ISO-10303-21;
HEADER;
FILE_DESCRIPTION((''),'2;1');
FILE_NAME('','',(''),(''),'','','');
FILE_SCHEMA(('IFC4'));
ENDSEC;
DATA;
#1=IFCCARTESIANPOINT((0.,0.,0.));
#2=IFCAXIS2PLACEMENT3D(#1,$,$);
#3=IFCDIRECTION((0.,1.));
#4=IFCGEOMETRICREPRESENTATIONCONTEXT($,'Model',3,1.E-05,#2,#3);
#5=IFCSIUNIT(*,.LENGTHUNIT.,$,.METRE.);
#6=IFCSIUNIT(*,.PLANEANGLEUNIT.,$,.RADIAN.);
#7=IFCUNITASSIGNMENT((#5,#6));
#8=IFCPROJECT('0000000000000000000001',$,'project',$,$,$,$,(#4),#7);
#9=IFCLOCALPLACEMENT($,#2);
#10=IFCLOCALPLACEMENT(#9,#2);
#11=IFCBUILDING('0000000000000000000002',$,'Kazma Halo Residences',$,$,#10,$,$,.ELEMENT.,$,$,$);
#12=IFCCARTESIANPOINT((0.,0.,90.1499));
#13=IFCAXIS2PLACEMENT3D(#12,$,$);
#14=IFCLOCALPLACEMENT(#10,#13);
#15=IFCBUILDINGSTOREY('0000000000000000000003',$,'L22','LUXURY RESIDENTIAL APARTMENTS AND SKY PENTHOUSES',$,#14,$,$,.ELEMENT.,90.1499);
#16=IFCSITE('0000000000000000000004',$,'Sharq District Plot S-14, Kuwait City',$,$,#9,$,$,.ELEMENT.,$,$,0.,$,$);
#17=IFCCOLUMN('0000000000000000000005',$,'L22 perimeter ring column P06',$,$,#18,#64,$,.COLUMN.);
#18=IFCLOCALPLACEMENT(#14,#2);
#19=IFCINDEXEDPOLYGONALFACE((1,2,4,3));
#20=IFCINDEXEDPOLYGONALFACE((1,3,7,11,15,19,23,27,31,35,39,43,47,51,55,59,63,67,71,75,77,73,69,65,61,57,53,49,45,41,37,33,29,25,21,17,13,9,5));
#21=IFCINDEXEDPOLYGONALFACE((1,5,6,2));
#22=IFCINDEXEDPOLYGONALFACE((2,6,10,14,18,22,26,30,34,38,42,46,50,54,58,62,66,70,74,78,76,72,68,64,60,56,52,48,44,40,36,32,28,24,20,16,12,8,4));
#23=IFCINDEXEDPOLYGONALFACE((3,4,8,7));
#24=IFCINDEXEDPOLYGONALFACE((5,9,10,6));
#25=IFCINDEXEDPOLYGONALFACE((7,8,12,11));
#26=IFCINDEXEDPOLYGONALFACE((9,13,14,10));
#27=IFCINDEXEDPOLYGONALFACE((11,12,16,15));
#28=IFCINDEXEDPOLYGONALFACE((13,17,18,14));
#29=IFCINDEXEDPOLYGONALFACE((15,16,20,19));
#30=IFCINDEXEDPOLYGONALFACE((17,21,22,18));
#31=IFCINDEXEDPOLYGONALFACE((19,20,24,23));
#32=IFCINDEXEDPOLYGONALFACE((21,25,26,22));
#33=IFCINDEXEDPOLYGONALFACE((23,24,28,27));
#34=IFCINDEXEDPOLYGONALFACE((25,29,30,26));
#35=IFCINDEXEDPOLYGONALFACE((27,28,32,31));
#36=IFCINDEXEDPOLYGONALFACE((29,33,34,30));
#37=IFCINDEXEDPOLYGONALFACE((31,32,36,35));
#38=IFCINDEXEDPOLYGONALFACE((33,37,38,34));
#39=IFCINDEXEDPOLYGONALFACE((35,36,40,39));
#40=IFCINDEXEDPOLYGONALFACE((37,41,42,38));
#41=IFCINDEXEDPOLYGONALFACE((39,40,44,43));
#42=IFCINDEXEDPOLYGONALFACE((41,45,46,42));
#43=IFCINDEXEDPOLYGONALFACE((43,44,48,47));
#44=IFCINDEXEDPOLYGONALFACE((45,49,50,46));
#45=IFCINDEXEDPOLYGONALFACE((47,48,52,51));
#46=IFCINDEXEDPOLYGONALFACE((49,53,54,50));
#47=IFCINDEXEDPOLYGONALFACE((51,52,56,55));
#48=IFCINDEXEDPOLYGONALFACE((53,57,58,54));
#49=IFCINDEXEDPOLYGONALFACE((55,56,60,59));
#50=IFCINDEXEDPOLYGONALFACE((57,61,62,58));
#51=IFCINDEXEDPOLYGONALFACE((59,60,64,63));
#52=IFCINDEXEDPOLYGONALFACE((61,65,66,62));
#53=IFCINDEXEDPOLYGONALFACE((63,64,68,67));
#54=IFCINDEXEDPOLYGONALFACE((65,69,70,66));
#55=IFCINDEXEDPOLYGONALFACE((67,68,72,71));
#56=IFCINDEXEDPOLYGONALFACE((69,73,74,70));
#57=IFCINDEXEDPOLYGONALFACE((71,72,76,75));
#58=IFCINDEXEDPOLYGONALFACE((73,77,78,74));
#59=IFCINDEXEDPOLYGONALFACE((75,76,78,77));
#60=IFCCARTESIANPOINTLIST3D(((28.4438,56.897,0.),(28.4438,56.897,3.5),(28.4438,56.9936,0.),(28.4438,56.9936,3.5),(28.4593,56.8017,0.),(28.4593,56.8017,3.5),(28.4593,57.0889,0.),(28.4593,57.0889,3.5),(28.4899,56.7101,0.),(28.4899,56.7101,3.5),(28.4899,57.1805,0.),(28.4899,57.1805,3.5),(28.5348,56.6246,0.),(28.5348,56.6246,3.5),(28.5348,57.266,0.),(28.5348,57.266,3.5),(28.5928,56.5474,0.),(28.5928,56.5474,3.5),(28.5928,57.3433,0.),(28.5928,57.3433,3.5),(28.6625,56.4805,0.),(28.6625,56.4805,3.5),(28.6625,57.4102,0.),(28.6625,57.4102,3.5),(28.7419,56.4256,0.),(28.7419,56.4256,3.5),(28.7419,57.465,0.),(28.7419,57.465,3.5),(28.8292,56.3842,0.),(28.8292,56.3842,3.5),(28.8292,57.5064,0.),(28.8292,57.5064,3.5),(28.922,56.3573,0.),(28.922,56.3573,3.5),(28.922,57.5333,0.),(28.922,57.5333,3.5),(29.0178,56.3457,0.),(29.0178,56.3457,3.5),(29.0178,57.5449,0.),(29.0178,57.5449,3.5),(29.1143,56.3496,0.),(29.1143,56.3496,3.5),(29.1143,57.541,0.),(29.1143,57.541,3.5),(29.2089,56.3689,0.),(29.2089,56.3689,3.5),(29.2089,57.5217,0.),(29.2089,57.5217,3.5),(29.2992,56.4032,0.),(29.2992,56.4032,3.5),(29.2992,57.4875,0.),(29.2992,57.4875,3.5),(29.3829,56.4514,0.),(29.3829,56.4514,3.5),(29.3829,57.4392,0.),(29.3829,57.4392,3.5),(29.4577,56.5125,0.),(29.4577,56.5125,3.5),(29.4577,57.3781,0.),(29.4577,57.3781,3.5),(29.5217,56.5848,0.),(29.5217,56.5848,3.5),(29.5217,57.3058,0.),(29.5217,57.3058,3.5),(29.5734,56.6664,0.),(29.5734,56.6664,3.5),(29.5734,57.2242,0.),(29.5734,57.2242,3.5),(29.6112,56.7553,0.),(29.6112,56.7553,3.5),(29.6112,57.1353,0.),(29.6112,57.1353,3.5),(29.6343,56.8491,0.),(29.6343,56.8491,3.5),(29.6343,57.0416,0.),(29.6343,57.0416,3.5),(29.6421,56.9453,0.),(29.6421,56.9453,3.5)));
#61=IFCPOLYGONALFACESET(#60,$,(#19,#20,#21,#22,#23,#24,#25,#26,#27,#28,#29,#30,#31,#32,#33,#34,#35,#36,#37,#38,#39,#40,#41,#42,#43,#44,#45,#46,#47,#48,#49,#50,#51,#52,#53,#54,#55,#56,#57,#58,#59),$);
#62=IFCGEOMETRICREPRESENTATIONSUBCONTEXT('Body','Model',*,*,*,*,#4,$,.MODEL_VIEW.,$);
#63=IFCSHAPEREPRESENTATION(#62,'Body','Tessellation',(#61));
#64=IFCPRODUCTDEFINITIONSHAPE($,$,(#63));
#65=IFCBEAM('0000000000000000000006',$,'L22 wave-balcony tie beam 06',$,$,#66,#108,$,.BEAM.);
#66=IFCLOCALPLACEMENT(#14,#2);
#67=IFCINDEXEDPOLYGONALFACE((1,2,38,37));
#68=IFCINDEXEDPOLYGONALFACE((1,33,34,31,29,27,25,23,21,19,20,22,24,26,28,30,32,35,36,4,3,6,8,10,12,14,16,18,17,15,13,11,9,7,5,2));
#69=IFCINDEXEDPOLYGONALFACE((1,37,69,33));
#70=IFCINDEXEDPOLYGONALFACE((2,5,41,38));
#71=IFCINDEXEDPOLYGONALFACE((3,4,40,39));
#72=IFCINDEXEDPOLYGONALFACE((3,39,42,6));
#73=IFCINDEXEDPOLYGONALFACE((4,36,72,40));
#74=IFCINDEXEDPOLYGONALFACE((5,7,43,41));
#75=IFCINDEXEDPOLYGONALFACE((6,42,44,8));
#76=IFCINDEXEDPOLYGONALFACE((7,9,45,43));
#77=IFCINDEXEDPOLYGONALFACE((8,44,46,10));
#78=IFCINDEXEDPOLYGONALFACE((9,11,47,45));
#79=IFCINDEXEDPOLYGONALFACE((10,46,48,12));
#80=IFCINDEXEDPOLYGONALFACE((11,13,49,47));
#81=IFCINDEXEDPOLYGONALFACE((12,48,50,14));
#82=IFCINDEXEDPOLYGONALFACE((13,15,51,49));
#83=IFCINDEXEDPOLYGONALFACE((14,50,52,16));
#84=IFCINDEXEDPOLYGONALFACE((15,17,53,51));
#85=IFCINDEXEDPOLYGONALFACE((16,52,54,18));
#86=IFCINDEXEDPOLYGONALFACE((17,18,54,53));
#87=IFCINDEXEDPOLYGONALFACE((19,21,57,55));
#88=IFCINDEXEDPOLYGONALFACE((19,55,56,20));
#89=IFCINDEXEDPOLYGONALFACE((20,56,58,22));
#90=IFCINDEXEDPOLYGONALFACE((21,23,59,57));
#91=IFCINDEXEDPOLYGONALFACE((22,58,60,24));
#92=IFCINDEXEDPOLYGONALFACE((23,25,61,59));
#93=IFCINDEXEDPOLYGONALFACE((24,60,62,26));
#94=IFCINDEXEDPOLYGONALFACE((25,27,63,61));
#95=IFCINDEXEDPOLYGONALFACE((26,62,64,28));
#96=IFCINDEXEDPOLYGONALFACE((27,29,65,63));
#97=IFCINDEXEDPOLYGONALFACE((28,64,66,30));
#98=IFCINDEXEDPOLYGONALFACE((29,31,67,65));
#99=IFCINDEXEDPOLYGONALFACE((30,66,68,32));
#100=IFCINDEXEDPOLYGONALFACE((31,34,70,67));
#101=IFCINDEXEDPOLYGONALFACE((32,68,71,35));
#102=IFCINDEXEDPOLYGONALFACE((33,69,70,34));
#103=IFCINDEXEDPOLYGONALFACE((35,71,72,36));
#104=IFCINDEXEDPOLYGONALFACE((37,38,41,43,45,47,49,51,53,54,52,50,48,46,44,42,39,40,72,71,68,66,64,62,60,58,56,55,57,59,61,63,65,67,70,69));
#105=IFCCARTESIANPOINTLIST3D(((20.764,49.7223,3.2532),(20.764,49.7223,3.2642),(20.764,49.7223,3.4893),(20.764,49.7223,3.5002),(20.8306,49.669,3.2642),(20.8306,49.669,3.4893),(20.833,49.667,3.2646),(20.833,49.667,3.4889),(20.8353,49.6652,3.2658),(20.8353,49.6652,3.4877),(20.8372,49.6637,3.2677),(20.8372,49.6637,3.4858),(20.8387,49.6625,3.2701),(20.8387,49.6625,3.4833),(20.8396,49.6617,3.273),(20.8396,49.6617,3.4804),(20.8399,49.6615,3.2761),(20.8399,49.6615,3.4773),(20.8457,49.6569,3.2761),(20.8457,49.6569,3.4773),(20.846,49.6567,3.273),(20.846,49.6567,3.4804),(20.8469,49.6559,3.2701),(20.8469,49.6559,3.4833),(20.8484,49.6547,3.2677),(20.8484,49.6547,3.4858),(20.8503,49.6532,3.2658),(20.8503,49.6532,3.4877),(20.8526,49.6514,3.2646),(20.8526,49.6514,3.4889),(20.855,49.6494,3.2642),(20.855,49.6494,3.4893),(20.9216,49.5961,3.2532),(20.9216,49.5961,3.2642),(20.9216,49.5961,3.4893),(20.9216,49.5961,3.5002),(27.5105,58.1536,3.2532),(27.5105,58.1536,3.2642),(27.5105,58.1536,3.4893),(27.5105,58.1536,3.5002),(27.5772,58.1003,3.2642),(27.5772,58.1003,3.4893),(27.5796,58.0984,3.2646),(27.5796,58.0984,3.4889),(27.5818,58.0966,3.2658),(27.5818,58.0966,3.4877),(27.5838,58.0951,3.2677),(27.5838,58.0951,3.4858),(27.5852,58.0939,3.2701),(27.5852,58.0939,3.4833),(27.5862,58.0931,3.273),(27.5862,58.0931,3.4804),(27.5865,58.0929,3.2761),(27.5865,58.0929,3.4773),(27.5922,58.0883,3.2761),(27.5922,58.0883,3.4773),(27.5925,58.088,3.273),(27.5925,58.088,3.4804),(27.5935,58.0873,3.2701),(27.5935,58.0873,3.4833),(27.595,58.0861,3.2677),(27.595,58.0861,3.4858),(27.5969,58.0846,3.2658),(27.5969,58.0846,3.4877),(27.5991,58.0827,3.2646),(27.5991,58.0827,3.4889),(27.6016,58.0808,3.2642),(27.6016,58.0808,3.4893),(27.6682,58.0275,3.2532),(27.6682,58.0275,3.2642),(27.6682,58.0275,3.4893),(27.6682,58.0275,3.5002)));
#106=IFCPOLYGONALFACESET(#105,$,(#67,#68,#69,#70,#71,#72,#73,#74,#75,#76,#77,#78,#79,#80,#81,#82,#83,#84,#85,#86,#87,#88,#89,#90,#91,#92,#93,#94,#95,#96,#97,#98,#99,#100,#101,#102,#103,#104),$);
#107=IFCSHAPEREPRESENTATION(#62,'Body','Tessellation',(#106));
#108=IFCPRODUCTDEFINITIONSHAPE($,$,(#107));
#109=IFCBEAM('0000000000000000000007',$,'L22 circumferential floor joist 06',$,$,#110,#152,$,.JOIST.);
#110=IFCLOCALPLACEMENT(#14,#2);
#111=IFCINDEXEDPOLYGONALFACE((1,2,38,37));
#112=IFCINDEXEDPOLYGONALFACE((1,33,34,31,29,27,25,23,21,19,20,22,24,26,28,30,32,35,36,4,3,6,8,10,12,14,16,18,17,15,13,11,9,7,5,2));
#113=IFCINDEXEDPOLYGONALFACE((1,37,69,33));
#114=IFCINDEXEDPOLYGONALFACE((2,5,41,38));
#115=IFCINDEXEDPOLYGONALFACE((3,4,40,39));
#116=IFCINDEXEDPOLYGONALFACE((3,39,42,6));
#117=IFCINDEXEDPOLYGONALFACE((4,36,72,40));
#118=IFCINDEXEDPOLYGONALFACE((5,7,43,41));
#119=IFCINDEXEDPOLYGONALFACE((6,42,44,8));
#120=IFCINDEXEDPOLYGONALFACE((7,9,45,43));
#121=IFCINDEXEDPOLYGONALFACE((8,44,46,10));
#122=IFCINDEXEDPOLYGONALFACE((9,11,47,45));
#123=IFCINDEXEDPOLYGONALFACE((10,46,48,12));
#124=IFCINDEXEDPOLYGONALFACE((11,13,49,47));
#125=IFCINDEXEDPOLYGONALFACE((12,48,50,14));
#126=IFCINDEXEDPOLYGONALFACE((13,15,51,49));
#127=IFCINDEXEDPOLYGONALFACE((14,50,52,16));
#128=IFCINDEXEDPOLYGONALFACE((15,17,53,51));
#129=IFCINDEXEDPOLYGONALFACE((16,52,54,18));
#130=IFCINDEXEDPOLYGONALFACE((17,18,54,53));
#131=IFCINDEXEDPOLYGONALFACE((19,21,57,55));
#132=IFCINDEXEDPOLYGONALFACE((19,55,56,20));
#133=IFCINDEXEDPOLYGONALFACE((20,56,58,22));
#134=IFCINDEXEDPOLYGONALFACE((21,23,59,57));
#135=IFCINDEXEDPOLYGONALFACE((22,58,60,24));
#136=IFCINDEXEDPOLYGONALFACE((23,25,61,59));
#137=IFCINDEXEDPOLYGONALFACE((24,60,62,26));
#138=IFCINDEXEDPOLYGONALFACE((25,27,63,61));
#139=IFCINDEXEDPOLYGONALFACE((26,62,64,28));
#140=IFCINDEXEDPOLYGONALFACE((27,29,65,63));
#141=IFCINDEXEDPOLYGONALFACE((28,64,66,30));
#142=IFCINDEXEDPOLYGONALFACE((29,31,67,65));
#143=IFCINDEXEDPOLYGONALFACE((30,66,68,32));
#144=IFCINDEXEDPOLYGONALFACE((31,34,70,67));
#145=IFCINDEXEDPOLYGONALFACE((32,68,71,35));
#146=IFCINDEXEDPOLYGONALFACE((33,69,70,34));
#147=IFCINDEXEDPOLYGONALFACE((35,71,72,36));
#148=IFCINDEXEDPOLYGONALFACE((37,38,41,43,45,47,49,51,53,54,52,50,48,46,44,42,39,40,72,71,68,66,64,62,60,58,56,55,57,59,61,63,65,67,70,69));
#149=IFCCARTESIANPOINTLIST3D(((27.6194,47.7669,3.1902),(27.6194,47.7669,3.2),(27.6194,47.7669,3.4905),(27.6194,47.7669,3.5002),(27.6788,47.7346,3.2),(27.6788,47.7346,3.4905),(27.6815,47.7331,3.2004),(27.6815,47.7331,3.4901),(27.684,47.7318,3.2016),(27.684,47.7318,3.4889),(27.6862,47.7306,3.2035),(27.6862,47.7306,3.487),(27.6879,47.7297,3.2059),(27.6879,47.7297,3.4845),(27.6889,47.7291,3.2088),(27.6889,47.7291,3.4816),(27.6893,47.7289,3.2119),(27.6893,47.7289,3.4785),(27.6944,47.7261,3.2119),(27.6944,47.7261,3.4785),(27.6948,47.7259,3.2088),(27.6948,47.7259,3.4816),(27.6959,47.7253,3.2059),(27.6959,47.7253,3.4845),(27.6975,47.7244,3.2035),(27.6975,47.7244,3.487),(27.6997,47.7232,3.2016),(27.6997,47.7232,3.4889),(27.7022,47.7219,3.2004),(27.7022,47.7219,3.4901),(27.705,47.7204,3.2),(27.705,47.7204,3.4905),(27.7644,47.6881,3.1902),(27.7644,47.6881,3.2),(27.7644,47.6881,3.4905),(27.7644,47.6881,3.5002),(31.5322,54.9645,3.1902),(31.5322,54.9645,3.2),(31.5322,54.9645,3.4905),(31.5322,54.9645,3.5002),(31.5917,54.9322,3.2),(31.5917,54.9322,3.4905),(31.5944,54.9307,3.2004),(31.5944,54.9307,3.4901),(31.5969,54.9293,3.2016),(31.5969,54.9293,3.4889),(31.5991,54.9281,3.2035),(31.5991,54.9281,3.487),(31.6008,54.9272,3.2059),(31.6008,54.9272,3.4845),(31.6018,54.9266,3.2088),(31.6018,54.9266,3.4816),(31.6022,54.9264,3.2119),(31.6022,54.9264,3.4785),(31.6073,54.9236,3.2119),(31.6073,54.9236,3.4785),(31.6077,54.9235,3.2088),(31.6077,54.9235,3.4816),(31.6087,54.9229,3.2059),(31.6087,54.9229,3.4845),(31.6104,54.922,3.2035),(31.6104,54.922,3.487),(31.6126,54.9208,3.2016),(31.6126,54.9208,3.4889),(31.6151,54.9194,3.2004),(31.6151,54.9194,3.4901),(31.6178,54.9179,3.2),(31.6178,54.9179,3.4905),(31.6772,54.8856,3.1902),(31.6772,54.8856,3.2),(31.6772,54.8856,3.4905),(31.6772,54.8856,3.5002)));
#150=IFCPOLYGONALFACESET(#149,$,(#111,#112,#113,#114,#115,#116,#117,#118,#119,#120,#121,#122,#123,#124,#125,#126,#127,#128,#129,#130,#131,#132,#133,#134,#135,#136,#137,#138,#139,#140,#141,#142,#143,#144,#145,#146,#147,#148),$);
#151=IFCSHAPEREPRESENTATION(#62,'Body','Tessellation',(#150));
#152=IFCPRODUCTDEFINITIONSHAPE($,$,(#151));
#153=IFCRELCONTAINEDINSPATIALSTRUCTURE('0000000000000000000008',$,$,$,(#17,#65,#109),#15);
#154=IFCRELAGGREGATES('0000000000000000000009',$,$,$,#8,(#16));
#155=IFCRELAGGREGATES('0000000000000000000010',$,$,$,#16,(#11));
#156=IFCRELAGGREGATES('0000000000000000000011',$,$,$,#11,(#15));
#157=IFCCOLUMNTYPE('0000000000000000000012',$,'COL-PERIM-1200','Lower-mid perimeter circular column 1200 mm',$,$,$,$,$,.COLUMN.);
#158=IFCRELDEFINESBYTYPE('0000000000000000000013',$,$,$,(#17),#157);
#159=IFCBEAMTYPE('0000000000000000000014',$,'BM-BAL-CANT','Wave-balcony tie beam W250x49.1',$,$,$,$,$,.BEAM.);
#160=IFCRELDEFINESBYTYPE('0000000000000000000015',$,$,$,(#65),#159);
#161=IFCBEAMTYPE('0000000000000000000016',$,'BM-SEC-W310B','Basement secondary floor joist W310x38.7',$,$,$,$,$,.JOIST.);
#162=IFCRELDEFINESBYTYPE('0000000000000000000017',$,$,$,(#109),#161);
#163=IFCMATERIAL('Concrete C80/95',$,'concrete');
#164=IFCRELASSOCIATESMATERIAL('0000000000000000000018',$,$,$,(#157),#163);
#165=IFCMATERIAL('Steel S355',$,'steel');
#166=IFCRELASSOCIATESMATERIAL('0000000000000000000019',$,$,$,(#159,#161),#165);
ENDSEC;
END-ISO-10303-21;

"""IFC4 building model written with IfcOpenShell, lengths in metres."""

from ifc_helpers import new_model, si_unit, direction, frame, origin, origin_2d, place, context, subcontext, project, spatial, circle, i_section, extrude, material, material_profile, profile_set, type_object, element, save


model = new_model("IFC4")

# Units and contexts
model_context = context("Model", 3, precision=1e-05, world=origin(), true_north=direction((0.0, 1.0)))
body_context = subcontext(model_context, "Body", "Model", "MODEL_VIEW")
ifc_project = project(units=[si_unit("LENGTHUNIT", "METRE"), si_unit("PLANEANGLEUNIT", "RADIAN")], contexts=[model_context])

# Site, building, storey
site_placement = place(None, origin())
site = spatial("IfcSite", under=ifc_project, at=site_placement, Name="Sharq District Plot S-14, Kuwait City", CompositionType="ELEMENT", RefElevation=0.0)
building_placement = place(site_placement, origin())
building = spatial("IfcBuilding", under=site, at=building_placement, Name="Kazma Halo Residences", CompositionType="ELEMENT")
storey_placement = place(building_placement, frame((0.0, 0.0, 90.1499)))
storey = spatial("IfcBuildingStorey", under=building, at=storey_placement, Name="L22", Description="LUXURY RESIDENTIAL APARTMENTS AND SKY PENTHOUSES", CompositionType="ELEMENT", Elevation=90.1499)

# Column
ifc_material_1 = material(Name="Concrete C80/95", Category="concrete")
ifc_material_profile_1 = material_profile(ifc_material_1, circle(Radius=0.6001, at=origin_2d()), Name="CIRC1200")
ifc_profile_set_1 = profile_set([ifc_material_profile_1], Name="Concrete C80/95")
column_type = type_object("IfcColumnType", Name="COL-PERIM-1200", Description="Lower-mid perimeter circular column 1200 mm", PredefinedType="COLUMN", material=ifc_profile_set_1)
column_placement = place(storey_placement, frame((29.042, 56.9453, 0.0), z_axis=(0.0, 0.0, 1.0), x_axis=(1.0, 0.0, 0.0)))
element("IfcColumn", 1, at=column_placement, inside=storey, type_object=column_type, Name="L22 perimeter ring column P06", PredefinedType="COLUMN", context=body_context, shape_type="SweptSolid", body=[
    extrude(circle(Radius=0.6001, at=origin_2d()), origin(), (0.0, 0.0, 1.0), 3.5),
])

# Beams
ifc_material_2 = material(Name="Steel S355", Category="steel")
ifc_material_profile_2 = material_profile(ifc_material_2, i_section(OverallWidth=0.2019, OverallDepth=0.2471, WebThickness=0.0073, FlangeThickness=0.011, FilletRadius=0.012, at=origin_2d()), Name="W250x49.1")
ifc_profile_set_2 = profile_set([ifc_material_profile_2], Name="Steel S355")
beam_type_1 = type_object("IfcBeamType", Name="BM-BAL-CANT", Description="Wave-balcony tie beam W250x49.1", PredefinedType="BEAM", material=ifc_profile_set_2)
beam_1_placement = place(storey_placement, frame((27.5894, 58.0906, 3.3767), z_axis=(-0.624778, -0.780803, 0.0), x_axis=(0.780803, -0.624778, 0.0)))
element("IfcBeam", 2, at=beam_1_placement, inside=storey, type_object=beam_type_1, Name="L22 wave-balcony tie beam 06", PredefinedType="BEAM", context=body_context, shape_type="SweptSolid", body=[
    extrude(i_section(OverallWidth=0.2019, OverallDepth=0.2471, WebThickness=0.0073, FlangeThickness=0.011, FilletRadius=0.012, at=origin_2d()), origin(), (0.0, 0.0, 1.0), 10.7983),
])
ifc_material_profile_3 = material_profile(ifc_material_2, i_section(OverallWidth=0.165, OverallDepth=0.3101, WebThickness=0.0059, FlangeThickness=0.0098, FilletRadius=0.012, at=origin_2d()), Name="W310x38.7")
ifc_profile_set_3 = profile_set([ifc_material_profile_3], Name="Steel S355")
beam_type_2 = type_object("IfcBeamType", Name="BM-SEC-W310B", Description="Basement secondary floor joist W310x38.7", PredefinedType="JOIST", material=ifc_profile_set_3)
beam_2_placement = place(storey_placement, frame((31.6047, 54.925, 3.3452), z_axis=(-0.477622, -0.878566, 0.0), x_axis=(0.878566, -0.477622, 0.0)))
element("IfcBeam", 3, at=beam_2_placement, inside=storey, type_object=beam_type_2, Name="L22 circumferential floor joist 06", PredefinedType="JOIST", context=body_context, shape_type="SweptSolid", body=[
    extrude(i_section(OverallWidth=0.165, OverallDepth=0.3101, WebThickness=0.0059, FlangeThickness=0.0098, FilletRadius=0.012, at=origin_2d()), origin(), (0.0, 0.0, 1.0), 8.1924),
])

save(model, "model.ifc")
